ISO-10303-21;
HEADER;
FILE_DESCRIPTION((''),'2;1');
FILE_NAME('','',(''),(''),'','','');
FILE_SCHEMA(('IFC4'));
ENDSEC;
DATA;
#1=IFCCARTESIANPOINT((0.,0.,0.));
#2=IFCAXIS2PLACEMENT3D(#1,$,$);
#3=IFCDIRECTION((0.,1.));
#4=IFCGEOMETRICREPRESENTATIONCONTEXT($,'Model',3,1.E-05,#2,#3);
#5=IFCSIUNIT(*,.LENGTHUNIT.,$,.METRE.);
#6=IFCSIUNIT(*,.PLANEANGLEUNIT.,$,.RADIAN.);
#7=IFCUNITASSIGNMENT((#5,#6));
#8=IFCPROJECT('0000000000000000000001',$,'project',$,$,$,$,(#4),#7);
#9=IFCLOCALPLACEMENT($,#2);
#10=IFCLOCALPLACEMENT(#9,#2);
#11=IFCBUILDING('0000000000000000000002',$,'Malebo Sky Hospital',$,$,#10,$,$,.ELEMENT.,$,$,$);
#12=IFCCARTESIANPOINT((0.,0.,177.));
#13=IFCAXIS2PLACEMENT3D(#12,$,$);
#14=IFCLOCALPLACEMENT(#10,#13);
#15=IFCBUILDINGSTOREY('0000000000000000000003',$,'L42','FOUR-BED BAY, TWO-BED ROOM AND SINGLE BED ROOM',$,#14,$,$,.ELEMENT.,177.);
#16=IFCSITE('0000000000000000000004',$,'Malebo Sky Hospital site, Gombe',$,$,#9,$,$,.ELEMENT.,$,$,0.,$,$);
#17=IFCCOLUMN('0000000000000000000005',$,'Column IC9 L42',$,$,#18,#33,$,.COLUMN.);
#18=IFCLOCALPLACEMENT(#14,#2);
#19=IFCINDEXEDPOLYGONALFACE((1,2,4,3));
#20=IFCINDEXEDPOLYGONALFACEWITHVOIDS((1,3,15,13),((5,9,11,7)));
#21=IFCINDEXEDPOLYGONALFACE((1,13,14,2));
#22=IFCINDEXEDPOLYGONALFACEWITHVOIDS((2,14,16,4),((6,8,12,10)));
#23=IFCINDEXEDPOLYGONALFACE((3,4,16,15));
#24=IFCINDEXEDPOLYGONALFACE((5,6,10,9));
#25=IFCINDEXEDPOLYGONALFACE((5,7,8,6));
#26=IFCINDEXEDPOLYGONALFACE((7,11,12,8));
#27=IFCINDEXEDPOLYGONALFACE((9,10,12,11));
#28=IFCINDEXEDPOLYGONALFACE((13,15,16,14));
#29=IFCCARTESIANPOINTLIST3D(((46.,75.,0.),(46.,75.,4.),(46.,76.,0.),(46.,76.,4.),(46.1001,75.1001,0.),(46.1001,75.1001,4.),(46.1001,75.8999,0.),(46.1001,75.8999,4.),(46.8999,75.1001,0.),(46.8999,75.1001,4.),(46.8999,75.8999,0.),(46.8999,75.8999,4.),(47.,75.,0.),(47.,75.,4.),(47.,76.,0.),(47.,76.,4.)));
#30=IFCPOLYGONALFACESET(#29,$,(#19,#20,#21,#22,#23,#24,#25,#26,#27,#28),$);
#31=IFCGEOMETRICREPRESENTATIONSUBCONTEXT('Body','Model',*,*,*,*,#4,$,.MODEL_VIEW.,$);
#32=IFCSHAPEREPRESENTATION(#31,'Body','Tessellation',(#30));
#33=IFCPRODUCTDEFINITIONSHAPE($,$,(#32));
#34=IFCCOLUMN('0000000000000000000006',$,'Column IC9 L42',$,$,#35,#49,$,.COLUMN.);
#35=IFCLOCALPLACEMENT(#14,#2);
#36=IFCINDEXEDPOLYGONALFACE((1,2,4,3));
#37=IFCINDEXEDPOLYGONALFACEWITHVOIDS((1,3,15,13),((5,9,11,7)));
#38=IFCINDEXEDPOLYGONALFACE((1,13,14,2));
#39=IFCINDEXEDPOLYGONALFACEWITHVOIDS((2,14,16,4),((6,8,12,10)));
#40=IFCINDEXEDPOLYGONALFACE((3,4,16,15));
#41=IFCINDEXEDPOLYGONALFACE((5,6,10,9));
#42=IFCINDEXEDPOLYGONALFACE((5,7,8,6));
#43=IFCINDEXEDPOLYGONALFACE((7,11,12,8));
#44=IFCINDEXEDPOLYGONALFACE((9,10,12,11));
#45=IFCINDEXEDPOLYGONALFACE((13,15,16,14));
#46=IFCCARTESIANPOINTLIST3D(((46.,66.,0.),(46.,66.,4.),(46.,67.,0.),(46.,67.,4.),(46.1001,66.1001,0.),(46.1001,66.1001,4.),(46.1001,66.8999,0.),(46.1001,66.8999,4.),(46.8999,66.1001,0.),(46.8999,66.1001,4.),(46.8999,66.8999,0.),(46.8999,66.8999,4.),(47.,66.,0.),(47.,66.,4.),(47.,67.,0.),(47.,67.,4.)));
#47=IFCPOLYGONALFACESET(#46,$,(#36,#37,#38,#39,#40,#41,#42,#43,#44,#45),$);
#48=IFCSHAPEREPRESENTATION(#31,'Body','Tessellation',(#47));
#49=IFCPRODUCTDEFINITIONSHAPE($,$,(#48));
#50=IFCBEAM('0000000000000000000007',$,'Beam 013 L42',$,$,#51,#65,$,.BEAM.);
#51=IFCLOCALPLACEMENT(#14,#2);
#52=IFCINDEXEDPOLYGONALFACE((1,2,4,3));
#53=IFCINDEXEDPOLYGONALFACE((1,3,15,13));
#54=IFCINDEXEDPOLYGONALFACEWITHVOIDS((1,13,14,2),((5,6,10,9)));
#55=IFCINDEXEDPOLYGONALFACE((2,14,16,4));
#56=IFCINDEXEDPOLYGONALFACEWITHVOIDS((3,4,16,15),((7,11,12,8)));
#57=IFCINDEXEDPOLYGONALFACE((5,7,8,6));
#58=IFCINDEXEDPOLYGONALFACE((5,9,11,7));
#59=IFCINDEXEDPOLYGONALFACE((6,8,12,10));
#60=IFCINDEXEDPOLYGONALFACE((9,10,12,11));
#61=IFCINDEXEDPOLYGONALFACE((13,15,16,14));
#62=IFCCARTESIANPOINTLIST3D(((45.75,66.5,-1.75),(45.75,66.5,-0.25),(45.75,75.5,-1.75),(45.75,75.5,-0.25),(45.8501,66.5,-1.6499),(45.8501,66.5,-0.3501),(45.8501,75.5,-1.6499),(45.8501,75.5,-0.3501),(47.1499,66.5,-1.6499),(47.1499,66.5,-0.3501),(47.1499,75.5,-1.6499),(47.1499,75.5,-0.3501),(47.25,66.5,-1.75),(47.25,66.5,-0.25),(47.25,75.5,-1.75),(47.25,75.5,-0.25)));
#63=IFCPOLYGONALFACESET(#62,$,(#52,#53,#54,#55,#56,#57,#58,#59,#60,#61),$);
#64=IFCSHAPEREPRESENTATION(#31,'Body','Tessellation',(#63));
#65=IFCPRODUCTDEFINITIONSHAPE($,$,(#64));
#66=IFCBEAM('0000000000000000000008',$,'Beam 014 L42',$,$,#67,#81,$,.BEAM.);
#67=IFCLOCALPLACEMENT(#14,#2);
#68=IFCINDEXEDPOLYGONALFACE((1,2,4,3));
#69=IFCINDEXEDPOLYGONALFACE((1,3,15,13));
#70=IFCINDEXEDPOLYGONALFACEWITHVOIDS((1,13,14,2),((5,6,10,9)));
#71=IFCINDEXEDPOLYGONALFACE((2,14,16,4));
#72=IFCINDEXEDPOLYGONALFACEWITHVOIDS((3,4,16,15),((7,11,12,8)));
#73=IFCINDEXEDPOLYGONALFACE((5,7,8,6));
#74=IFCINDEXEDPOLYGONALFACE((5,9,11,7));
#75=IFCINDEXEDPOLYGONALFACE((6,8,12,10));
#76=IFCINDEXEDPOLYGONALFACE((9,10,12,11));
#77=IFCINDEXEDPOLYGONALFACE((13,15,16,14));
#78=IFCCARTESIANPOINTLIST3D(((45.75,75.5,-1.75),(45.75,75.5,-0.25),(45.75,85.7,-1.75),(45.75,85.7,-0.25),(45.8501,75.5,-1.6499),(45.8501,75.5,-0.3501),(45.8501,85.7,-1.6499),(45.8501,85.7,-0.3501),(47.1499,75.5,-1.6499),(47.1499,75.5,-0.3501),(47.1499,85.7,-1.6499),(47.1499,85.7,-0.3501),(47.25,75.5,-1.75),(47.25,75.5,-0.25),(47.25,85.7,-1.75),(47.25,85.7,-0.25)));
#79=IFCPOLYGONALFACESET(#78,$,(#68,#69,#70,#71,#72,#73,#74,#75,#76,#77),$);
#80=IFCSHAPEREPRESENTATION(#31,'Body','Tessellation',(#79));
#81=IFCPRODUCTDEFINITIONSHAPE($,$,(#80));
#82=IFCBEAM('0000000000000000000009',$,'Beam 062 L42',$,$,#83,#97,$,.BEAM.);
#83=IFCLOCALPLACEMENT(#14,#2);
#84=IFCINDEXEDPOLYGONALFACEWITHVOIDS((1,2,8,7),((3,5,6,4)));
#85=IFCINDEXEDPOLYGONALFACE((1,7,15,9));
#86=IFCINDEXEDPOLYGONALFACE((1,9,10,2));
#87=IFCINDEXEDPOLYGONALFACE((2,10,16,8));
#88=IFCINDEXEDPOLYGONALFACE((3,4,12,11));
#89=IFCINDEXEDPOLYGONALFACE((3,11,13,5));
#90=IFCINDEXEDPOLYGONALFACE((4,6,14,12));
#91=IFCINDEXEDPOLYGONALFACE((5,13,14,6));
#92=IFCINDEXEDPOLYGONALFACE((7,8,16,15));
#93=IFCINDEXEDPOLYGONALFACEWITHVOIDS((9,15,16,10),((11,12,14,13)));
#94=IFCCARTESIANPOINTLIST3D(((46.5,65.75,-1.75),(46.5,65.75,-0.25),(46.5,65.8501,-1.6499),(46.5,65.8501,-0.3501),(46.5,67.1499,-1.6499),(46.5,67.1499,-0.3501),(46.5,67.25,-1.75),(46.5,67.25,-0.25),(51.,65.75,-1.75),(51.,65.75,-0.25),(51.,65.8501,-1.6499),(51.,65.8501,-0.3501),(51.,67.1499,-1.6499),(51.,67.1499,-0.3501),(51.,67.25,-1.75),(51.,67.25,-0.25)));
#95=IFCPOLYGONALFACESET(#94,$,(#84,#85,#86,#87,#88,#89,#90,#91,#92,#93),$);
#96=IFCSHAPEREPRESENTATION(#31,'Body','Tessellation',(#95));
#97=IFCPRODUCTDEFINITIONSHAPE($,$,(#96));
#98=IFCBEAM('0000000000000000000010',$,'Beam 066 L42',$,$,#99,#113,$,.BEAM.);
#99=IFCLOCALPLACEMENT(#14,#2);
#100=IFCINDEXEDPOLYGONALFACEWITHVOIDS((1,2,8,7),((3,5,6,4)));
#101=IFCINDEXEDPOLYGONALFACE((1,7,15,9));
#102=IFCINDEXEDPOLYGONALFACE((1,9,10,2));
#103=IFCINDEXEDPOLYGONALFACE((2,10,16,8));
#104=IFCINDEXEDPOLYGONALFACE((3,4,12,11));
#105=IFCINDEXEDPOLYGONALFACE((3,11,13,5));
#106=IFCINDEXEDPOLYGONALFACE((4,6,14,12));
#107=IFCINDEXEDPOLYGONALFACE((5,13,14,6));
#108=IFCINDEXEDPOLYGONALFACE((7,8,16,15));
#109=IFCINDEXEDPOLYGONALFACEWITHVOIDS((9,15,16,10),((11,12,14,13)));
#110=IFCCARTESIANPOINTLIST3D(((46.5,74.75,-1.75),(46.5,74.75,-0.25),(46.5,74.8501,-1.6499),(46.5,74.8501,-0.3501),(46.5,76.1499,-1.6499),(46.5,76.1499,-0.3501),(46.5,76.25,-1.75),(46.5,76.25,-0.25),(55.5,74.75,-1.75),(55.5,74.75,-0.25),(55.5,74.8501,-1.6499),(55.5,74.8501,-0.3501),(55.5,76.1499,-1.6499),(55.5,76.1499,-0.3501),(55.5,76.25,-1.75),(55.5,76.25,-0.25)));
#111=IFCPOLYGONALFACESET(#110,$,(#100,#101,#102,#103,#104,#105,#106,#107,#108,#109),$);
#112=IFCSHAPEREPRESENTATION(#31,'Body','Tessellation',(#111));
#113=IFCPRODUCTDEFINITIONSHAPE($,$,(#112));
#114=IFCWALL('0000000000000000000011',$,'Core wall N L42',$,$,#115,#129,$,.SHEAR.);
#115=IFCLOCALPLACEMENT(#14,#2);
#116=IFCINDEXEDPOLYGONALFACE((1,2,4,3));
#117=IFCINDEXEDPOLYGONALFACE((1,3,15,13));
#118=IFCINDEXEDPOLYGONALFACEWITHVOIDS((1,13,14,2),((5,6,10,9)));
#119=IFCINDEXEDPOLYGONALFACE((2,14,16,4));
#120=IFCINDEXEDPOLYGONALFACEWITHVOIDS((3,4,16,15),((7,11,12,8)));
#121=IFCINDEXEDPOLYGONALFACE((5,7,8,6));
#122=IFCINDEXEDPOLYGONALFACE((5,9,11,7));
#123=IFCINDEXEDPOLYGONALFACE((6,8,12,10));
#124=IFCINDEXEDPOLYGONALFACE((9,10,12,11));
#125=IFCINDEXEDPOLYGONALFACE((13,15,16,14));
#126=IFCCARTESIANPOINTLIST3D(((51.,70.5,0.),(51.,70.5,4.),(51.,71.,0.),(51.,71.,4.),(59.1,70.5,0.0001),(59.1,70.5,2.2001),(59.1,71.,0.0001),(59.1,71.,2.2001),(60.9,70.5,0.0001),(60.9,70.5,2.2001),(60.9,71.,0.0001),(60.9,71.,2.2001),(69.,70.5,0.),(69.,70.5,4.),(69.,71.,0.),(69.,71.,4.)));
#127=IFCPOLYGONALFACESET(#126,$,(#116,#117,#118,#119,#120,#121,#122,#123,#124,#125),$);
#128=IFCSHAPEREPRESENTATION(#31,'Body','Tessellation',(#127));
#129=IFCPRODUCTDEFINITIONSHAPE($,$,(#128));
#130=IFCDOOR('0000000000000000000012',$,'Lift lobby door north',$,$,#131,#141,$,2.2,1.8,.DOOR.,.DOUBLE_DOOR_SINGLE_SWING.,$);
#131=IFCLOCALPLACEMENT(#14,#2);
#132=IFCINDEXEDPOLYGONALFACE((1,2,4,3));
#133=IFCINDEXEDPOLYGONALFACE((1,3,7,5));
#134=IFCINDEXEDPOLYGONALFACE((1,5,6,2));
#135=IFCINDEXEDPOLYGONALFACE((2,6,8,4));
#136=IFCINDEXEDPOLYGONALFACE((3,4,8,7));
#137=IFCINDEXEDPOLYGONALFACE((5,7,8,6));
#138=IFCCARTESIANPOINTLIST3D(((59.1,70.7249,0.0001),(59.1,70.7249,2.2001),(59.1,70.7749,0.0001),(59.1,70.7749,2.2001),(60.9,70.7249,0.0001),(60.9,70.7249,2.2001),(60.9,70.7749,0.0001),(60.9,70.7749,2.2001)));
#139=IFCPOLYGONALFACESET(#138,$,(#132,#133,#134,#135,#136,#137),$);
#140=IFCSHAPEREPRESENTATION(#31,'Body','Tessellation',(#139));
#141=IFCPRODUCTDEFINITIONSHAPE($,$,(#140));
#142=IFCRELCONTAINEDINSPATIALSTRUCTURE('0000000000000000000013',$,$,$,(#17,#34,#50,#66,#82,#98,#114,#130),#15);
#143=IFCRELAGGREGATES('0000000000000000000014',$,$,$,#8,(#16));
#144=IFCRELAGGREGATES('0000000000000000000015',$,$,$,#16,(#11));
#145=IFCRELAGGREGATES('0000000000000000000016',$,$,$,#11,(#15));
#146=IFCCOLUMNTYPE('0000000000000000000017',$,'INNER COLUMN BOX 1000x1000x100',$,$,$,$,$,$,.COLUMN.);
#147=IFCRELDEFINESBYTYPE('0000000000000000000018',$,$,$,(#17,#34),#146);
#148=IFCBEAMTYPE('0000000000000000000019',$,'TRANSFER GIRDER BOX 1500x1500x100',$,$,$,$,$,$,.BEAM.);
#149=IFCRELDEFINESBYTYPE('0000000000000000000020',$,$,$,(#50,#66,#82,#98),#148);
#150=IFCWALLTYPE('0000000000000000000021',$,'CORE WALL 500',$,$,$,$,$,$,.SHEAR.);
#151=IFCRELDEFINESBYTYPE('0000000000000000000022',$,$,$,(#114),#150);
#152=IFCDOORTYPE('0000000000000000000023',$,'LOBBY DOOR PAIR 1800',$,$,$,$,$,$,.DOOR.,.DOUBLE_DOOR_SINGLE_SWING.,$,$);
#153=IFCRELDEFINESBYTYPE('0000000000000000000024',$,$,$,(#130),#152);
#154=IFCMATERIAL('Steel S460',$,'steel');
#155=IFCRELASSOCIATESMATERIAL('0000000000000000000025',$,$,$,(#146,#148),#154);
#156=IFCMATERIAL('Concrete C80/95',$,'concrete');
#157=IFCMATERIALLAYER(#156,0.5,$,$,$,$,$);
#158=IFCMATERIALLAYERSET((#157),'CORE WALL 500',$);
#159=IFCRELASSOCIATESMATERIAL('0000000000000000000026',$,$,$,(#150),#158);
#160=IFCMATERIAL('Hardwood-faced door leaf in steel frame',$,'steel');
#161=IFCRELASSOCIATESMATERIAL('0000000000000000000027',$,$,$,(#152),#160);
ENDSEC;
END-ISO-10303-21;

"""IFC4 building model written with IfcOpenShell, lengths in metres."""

from ifc_helpers import new_model, si_unit, direction, frame, frame_2d, origin, origin_2d, place, context, subcontext, project, spatial, rectangle, hollow_rectangle, extrude, material, layer, layer_set, material_profile, profile_set, type_object, element, fill, save


model = new_model("IFC4")

# Units and contexts
model_context = context("Model", 3, precision=1e-05, world=origin(), true_north=direction((0.0, 1.0)))
body_context = subcontext(model_context, "Body", "Model", "MODEL_VIEW")
ifc_project = project(units=[si_unit("LENGTHUNIT", "METRE"), si_unit("PLANEANGLEUNIT", "RADIAN")], contexts=[model_context])

# Site, building, storey
site_placement = place(None, origin())
site = spatial("IfcSite", under=ifc_project, at=site_placement, Name="Malebo Sky Hospital site, Gombe", CompositionType="ELEMENT", RefElevation=0.0)
building_placement = place(site_placement, origin())
building = spatial("IfcBuilding", under=site, at=building_placement, Name="Malebo Sky Hospital", CompositionType="ELEMENT")
storey_placement = place(building_placement, frame((0.0, 0.0, 177.0)))
storey = spatial("IfcBuildingStorey", under=building, at=storey_placement, Name="L42", Description="FOUR-BED BAY, TWO-BED ROOM AND SINGLE BED ROOM", CompositionType="ELEMENT", Elevation=177.0)

# Columns
ifc_material_1 = material(Name="Steel S460", Category="steel")
ifc_material_profile_1 = material_profile(ifc_material_1, hollow_rectangle(XDim=1.0, YDim=1.0, WallThickness=0.1001, at=origin_2d()), Name="BOX 1000x1000x100")
ifc_profile_set_1 = profile_set([ifc_material_profile_1], Name="Steel S460")
column_type = type_object("IfcColumnType", Name="INNER COLUMN BOX 1000x1000x100", PredefinedType="COLUMN", material=ifc_profile_set_1)
for number, where, z_axis, x_axis, name in (
    (1, (46.5, 75.5, 0.0), (0.0, 0.0, 1.0), (1.0, 0.0, 0.0), "Column IC9 L42"),
    (2, (46.5, 66.5, 0.0), (0.0, 0.0, 1.0), (1.0, 0.0, 0.0), "Column IC9 L42"),
):
    element("IfcColumn", number, at=place(storey_placement, frame(where, z_axis=z_axis, x_axis=x_axis)), inside=storey, type_object=column_type, Name=name, PredefinedType="COLUMN", context=body_context, shape_type="SweptSolid", body=[
        extrude(hollow_rectangle(XDim=1.0, YDim=1.0, WallThickness=0.1001, at=origin_2d()), origin(), (0.0, 0.0, 1.0), 4.0),
    ])

# Beams
ifc_material_profile_2 = material_profile(ifc_material_1, hollow_rectangle(XDim=1.5, YDim=1.5, WallThickness=0.1001, at=origin_2d()), Name="BOX 1500x1500x100")
ifc_profile_set_2 = profile_set([ifc_material_profile_2], Name="Steel S460")
beam_type = type_object("IfcBeamType", Name="TRANSFER GIRDER BOX 1500x1500x100", PredefinedType="BEAM", material=ifc_profile_set_2)
beam_1_placement = place(storey_placement, frame((46.5, 66.5, -1.0), z_axis=(0.0, 1.0, 0.0), x_axis=(-1.0, 0.0, 0.0)))
element("IfcBeam", 3, at=beam_1_placement, inside=storey, type_object=beam_type, Name="Beam 013 L42", PredefinedType="BEAM", context=body_context, shape_type="SweptSolid", body=[
    extrude(hollow_rectangle(XDim=1.5, YDim=1.5, WallThickness=0.1001, at=origin_2d()), origin(), (0.0, 0.0, 1.0), 9.0),
])
beam_2_placement = place(storey_placement, frame((46.5, 75.5, -1.0), z_axis=(0.0, 1.0, 0.0), x_axis=(-1.0, 0.0, 0.0)))
element("IfcBeam", 4, at=beam_2_placement, inside=storey, type_object=beam_type, Name="Beam 014 L42", PredefinedType="BEAM", context=body_context, shape_type="SweptSolid", body=[
    extrude(hollow_rectangle(XDim=1.5, YDim=1.5, WallThickness=0.1001, at=origin_2d()), origin(), (0.0, 0.0, 1.0), 10.2),
])
beam_3_placement = place(storey_placement, frame((46.5, 66.5, -1.0), z_axis=(1.0, 0.0, 0.0), x_axis=(0.0, 1.0, 0.0)))
element("IfcBeam", 5, at=beam_3_placement, inside=storey, type_object=beam_type, Name="Beam 062 L42", PredefinedType="BEAM", context=body_context, shape_type="SweptSolid", body=[
    extrude(hollow_rectangle(XDim=1.5, YDim=1.5, WallThickness=0.1001, at=origin_2d()), origin(), (0.0, 0.0, 1.0), 4.5),
])
beam_4_placement = place(storey_placement, frame((46.5, 75.5, -1.0), z_axis=(1.0, 0.0, 0.0), x_axis=(0.0, 1.0, 0.0)))
element("IfcBeam", 6, at=beam_4_placement, inside=storey, type_object=beam_type, Name="Beam 066 L42", PredefinedType="BEAM", context=body_context, shape_type="SweptSolid", body=[
    extrude(hollow_rectangle(XDim=1.5, YDim=1.5, WallThickness=0.1001, at=origin_2d()), origin(), (0.0, 0.0, 1.0), 9.0),
])

# Wall, opening, door
ifc_material_2 = material(Name="Concrete C80/95", Category="concrete")
ifc_layer_1 = layer(ifc_material_2, 0.5)
ifc_layer_set_1 = layer_set([ifc_layer_1], Name="CORE WALL 500")
wall_type_1 = type_object("IfcWallType", Name="CORE WALL 500", PredefinedType="SHEAR", material=ifc_layer_set_1)
wall_1_placement = place(storey_placement, frame((51.0, 70.75, 0.0), z_axis=(0.0, 0.0, 1.0), x_axis=(1.0, 0.0, 0.0)))
wall_1 = element("IfcWall", 7, at=wall_1_placement, inside=storey, type_object=wall_type_1, Name="Core wall N L42", PredefinedType="SHEAR", context=body_context, shape_type="SweptSolid", body=[
    extrude(rectangle(XDim=18.0, YDim=0.5, at=frame_2d((9.0, 0.0))), origin(), (0.0, 0.0, 1.0), 4.0),
])
opening_1_placement = place(wall_1_placement, frame((8.1001, 0.0, 0.0)))
opening_1 = element("IfcOpeningElement", 8, at=opening_1_placement, cuts=wall_1, PredefinedType="OPENING", context=body_context, shape_type="SweptSolid", body=[
    extrude(rectangle(XDim=1.8, YDim=2.2, at=frame_2d((0.8999, 1.1001))), frame((0.0, 0.26, 0.0), z_axis=(0.0, -1.0, 0.0), x_axis=(1.0, 0.0, 0.0)), (0.0, 0.0, 1.0), 0.52),
])
ifc_material_3 = material(Name="Hardwood-faced door leaf in steel frame", Category="steel")
door_type_1 = type_object("IfcDoorType", Name="LOBBY DOOR PAIR 1800", OperationType="DOUBLE_DOOR_SINGLE_SWING", PredefinedType="DOOR", material=ifc_material_3)
door_1_placement = place(opening_1_placement, origin())
door_1 = element("IfcDoor", 9, at=door_1_placement, inside=storey, type_object=door_type_1, Name="Lift lobby door north", OperationType="DOUBLE_DOOR_SINGLE_SWING", OverallHeight=2.2, OverallWidth=1.8, PredefinedType="DOOR", context=body_context, shape_type="SweptSolid", body=[
    extrude(rectangle(XDim=1.8, YDim=2.2, at=frame_2d((0.8999, 1.1001))), frame((0.0, 0.0249, 0.0), z_axis=(0.0, -1.0, 0.0), x_axis=(1.0, 0.0, 0.0)), (0.0, 0.0, 1.0), 0.05),
])
fill(opening_1, door_1)

save(model, "model.ifc")
